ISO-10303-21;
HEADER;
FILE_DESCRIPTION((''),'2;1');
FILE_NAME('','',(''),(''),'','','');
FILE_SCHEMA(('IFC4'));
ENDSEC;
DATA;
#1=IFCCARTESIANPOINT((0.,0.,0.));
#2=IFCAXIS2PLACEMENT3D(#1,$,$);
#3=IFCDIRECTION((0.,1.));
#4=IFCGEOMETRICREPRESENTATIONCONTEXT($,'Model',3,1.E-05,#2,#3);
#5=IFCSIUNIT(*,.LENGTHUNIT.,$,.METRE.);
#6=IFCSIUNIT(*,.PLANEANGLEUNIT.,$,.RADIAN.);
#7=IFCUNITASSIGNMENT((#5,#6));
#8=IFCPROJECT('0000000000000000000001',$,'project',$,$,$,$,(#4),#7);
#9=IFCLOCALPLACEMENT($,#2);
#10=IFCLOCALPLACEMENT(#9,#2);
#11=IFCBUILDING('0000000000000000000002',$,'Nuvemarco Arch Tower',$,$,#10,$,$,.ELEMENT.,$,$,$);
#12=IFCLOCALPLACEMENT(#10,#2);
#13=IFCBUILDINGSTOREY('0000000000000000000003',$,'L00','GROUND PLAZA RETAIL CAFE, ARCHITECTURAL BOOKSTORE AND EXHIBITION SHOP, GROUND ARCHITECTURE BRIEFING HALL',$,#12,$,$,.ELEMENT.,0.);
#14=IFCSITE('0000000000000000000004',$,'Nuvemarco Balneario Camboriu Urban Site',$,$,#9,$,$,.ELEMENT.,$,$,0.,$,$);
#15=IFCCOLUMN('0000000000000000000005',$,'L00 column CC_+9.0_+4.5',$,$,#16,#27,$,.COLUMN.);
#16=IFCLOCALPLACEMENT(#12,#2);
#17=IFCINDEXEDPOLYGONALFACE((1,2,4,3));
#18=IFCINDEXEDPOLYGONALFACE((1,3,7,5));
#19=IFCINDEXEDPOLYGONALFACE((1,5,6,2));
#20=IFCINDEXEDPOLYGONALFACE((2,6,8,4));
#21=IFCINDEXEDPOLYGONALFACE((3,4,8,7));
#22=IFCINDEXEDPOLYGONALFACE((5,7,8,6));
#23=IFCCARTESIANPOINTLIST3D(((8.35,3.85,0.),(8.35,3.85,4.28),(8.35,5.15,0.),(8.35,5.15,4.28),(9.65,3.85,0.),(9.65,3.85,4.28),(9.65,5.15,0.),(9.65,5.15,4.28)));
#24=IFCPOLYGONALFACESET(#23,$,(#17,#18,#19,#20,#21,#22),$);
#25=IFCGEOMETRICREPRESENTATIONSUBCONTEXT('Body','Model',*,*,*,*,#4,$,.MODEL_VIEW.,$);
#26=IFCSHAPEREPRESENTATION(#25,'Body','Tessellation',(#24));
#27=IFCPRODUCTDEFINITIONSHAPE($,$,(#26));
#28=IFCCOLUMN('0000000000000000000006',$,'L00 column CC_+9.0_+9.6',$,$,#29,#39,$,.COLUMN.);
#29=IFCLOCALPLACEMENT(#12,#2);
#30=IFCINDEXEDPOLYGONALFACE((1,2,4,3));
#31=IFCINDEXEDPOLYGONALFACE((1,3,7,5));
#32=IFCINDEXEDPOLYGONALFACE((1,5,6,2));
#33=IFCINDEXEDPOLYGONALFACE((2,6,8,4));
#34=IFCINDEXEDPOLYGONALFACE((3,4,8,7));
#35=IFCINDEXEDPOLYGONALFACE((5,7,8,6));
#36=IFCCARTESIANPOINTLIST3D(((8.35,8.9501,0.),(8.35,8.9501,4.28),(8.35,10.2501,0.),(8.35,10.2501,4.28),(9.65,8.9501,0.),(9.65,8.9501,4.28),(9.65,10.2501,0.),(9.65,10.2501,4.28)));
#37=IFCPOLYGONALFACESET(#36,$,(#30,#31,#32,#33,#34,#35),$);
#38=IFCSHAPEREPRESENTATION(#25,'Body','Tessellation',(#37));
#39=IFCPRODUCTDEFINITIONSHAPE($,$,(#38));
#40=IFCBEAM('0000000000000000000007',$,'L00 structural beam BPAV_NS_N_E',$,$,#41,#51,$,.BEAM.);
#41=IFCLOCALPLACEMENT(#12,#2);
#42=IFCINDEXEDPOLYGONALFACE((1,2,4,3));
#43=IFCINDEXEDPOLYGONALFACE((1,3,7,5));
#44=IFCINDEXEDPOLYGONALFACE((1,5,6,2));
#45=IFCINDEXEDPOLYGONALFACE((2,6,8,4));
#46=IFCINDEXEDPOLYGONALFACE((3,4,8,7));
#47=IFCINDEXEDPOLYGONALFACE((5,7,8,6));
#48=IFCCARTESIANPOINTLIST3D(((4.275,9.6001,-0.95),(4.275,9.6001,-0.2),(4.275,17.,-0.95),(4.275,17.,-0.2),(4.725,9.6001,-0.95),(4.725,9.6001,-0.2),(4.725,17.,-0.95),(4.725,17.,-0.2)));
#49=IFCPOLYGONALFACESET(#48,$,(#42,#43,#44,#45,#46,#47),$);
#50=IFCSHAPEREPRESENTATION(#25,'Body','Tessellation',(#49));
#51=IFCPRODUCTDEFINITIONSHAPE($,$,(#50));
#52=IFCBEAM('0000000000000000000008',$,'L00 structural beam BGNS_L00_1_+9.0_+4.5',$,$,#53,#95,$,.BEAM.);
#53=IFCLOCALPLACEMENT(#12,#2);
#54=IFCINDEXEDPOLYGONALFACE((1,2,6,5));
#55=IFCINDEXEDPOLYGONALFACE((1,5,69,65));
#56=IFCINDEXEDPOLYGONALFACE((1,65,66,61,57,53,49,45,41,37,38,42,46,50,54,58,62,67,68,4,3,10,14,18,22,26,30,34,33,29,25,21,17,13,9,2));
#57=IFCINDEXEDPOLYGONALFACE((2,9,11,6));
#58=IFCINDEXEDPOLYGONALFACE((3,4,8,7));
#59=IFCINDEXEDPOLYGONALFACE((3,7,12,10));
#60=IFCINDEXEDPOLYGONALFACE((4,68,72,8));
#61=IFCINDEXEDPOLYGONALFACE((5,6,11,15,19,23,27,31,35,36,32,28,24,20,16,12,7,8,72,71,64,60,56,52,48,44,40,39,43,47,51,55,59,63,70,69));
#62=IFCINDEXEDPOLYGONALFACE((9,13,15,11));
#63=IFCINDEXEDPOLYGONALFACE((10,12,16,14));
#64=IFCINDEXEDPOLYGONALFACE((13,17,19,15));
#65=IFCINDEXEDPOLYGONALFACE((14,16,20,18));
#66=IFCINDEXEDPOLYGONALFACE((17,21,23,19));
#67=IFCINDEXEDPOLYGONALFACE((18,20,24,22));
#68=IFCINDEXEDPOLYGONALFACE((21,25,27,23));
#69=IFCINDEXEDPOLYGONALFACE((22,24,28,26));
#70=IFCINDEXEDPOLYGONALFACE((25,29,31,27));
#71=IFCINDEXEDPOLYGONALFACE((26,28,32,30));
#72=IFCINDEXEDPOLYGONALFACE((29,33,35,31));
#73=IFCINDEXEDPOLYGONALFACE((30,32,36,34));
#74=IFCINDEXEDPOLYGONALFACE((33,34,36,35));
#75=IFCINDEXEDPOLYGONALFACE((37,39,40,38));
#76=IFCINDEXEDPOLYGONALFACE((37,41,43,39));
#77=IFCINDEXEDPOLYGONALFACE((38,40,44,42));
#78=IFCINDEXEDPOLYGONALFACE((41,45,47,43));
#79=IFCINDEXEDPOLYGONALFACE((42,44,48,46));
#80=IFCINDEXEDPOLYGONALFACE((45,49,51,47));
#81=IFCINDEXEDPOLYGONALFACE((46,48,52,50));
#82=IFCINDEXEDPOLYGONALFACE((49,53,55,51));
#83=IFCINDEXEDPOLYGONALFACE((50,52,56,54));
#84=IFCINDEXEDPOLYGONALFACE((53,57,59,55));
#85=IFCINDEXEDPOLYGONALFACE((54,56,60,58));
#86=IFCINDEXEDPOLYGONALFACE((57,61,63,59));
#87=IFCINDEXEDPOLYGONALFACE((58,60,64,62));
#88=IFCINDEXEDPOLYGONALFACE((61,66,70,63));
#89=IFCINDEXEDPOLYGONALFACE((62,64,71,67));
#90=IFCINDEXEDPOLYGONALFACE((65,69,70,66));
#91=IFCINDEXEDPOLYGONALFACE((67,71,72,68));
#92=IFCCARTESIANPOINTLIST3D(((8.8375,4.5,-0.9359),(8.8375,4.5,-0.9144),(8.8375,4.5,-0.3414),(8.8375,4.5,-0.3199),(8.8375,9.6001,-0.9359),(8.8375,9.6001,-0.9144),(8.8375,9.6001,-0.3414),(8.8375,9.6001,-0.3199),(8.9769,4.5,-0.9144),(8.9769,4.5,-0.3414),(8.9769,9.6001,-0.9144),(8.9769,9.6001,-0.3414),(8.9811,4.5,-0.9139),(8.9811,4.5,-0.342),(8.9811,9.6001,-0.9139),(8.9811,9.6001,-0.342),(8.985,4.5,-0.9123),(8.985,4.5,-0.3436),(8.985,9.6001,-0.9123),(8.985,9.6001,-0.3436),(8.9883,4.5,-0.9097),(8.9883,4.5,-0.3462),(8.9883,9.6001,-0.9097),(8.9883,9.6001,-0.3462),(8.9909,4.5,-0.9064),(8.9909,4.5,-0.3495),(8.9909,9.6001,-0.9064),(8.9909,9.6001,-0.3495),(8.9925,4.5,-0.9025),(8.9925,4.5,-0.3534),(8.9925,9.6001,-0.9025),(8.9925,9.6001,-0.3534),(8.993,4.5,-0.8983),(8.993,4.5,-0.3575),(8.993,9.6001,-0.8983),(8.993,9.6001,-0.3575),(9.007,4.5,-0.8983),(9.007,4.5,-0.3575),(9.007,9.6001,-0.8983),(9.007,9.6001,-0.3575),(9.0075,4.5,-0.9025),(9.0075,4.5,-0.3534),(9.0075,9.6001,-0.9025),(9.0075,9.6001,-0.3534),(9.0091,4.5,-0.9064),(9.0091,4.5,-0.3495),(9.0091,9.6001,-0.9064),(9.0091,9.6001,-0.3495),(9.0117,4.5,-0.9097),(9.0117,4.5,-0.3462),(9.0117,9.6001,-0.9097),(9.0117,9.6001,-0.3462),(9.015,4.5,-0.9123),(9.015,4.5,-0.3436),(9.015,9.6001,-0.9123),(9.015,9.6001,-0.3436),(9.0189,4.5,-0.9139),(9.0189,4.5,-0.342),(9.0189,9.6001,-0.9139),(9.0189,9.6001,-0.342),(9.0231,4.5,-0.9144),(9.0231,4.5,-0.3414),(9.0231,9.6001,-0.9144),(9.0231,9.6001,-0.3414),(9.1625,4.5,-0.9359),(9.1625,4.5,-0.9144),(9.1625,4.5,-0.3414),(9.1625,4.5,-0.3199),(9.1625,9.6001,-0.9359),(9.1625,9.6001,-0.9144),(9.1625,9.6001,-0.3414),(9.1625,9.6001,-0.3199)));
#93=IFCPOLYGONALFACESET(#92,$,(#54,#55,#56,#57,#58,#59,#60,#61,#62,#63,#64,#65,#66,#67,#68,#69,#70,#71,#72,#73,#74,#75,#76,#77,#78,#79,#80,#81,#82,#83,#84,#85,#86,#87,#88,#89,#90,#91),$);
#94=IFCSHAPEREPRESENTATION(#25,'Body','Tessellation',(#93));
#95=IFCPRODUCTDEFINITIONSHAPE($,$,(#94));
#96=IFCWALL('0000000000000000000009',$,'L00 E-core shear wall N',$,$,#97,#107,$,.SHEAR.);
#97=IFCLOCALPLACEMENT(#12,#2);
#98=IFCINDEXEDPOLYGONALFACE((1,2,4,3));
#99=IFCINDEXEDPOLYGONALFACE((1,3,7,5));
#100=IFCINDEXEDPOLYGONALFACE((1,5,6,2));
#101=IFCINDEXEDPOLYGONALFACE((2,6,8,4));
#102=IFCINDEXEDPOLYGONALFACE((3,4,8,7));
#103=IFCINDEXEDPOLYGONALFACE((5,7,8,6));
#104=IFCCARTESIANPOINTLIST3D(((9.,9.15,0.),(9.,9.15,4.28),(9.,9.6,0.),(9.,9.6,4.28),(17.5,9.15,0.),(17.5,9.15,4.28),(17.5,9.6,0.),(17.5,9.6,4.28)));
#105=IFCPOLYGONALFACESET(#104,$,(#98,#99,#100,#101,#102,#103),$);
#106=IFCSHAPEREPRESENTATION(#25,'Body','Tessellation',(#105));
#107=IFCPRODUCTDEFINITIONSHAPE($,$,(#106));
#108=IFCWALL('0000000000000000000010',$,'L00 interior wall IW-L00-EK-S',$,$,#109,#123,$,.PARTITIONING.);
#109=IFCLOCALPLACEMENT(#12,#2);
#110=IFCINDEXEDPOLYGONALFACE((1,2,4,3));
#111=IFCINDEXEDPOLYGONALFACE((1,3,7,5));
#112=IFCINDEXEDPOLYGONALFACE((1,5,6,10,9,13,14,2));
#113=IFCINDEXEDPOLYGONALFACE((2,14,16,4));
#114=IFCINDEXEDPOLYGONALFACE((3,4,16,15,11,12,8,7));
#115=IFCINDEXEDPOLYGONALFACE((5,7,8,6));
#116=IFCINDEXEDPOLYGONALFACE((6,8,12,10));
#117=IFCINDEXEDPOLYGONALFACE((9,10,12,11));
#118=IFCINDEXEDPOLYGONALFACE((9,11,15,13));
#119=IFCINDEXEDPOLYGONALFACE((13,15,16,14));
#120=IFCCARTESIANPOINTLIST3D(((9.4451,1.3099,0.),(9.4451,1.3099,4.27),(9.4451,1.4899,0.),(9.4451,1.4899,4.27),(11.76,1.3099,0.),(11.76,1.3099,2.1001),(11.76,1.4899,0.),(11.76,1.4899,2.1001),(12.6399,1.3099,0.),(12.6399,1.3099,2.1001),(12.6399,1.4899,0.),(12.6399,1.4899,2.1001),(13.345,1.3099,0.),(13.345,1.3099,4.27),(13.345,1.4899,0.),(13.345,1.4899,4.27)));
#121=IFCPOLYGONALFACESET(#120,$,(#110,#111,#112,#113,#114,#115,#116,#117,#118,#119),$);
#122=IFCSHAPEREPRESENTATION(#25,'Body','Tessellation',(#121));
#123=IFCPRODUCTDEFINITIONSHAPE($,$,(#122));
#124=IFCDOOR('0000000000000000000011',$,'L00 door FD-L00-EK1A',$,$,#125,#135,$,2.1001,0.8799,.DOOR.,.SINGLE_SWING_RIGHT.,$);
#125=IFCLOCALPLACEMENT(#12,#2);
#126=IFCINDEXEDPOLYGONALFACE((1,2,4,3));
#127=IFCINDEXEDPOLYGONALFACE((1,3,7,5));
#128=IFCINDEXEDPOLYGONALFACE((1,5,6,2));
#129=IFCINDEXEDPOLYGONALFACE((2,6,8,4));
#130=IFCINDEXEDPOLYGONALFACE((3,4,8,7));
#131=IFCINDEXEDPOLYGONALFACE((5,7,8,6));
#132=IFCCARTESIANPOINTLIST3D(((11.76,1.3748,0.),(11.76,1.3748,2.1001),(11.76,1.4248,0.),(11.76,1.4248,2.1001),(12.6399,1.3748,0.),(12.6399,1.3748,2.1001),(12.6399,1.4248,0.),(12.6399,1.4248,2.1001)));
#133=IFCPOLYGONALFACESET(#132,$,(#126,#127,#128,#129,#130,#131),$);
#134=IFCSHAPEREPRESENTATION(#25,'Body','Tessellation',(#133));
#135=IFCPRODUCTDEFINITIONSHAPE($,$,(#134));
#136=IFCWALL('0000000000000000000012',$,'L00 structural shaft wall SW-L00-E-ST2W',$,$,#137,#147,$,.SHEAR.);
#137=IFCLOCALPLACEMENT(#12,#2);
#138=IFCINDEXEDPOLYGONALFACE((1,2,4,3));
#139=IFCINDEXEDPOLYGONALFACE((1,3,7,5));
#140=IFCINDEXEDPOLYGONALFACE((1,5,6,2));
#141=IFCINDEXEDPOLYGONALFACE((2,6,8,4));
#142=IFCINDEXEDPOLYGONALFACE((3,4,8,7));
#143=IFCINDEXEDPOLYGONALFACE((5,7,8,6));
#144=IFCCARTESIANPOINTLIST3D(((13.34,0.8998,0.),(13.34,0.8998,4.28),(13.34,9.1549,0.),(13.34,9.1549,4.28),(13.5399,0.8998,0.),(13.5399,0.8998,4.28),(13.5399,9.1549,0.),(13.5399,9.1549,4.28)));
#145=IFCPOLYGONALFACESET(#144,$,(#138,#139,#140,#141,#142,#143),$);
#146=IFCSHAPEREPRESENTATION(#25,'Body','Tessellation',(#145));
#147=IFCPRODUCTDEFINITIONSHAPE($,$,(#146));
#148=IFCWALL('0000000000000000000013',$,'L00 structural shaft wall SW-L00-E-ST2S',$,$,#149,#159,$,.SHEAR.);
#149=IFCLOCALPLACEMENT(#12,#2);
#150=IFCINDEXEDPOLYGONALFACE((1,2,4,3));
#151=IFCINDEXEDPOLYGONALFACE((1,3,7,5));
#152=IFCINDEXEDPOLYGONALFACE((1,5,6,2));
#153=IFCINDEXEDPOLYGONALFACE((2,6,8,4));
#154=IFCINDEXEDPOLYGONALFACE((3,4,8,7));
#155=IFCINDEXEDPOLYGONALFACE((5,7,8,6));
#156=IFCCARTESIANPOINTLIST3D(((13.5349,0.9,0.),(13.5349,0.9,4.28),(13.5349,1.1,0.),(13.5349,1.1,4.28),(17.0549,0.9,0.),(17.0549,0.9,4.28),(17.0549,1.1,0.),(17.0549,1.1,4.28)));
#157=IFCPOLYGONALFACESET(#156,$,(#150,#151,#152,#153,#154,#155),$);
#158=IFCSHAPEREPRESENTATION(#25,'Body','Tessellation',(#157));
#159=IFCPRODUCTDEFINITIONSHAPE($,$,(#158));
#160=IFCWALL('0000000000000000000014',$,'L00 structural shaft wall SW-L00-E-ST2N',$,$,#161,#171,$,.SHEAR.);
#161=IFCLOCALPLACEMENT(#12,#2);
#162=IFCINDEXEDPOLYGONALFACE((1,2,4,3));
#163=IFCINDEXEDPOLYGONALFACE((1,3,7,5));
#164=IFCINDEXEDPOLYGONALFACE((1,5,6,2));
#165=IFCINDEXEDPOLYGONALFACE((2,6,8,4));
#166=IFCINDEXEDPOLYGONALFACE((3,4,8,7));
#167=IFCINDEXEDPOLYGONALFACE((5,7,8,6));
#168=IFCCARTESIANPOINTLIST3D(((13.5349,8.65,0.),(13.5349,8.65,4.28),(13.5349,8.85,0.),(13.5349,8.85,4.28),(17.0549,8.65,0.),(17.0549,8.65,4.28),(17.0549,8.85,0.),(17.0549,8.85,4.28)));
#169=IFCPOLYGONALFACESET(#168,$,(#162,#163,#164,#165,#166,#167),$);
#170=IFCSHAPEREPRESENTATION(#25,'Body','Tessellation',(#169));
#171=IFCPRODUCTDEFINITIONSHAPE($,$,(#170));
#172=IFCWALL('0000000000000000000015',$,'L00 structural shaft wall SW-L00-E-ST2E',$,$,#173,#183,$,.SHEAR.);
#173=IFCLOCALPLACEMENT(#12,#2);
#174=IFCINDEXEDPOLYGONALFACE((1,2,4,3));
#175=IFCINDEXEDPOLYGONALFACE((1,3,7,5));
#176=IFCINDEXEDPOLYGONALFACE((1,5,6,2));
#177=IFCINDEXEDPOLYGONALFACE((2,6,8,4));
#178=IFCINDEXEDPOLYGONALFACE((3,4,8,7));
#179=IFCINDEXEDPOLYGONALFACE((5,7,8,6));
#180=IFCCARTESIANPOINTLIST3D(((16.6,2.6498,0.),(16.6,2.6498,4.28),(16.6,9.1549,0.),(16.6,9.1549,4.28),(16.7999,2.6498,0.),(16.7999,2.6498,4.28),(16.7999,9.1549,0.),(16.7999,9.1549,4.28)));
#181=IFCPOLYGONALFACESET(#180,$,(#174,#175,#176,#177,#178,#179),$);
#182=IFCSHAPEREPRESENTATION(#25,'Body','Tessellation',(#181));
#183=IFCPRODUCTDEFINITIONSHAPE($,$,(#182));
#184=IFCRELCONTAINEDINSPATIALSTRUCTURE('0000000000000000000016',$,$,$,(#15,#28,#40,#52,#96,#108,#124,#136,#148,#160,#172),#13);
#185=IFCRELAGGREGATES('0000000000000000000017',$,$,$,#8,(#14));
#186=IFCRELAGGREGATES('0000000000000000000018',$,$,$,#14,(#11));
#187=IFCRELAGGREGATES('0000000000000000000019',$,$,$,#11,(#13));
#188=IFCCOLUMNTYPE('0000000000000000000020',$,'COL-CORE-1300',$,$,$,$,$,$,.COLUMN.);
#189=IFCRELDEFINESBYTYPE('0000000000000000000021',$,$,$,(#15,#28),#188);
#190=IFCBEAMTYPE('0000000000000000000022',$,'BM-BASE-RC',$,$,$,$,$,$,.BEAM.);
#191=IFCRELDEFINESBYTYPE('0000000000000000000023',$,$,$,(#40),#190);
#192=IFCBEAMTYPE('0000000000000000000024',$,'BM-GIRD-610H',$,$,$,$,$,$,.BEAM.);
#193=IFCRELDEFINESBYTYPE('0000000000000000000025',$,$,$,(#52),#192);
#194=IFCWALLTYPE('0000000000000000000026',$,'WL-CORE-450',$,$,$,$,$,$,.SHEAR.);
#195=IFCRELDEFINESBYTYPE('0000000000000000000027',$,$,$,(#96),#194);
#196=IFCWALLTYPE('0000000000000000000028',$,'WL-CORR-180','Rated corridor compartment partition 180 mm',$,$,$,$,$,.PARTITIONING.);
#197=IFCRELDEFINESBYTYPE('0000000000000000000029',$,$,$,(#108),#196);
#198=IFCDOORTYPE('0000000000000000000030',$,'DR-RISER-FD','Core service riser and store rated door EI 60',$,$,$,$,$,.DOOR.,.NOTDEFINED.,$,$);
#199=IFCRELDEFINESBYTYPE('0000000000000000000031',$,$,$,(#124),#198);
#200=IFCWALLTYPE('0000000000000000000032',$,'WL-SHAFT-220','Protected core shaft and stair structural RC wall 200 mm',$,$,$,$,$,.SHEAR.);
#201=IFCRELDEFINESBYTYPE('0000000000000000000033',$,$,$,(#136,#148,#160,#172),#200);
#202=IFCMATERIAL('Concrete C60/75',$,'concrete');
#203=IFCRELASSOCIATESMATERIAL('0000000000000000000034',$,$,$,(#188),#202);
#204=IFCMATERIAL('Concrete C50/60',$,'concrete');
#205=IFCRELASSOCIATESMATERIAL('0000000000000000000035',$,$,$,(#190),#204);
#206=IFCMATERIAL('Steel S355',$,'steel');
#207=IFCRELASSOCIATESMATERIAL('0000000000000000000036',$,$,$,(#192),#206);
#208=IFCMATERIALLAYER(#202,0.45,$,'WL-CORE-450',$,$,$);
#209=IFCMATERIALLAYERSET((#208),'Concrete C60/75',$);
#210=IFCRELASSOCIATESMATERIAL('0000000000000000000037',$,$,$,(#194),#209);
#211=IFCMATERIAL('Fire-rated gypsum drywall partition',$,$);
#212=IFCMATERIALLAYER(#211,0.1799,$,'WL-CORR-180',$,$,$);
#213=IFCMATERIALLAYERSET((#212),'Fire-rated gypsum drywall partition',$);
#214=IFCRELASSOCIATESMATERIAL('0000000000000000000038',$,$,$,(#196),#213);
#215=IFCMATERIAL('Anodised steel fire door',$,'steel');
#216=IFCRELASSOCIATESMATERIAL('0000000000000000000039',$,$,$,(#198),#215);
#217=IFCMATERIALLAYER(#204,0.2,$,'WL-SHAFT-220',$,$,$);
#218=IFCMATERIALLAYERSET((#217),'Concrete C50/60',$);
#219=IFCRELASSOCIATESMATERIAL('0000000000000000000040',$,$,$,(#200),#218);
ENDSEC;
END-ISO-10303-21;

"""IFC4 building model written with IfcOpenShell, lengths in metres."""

from ifc_helpers import new_model, si_unit, direction, frame, frame_2d, origin, origin_2d, place, context, subcontext, project, spatial, rectangle, i_section, extrude, source, transform, mapped, material, layer, layer_set, material_profile, profile_set, type_object, type_shapes, element, fill, save


model = new_model("IFC4")

# Units and contexts
model_context = context("Model", 3, precision=1e-05, world=origin(), true_north=direction((0.0, 1.0)))
body_context = subcontext(model_context, "Body", "Model", "MODEL_VIEW")
ifc_project = project(units=[si_unit("LENGTHUNIT", "METRE"), si_unit("PLANEANGLEUNIT", "RADIAN")], contexts=[model_context])

# Site, building, storey
site_placement = place(None, origin())
site = spatial("IfcSite", under=ifc_project, at=site_placement, Name="Nuvemarco Balneario Camboriu Urban Site", CompositionType="ELEMENT", RefElevation=0.0)
building_placement = place(site_placement, origin())
building = spatial("IfcBuilding", under=site, at=building_placement, Name="Nuvemarco Arch Tower", CompositionType="ELEMENT")
storey_placement = place(building_placement, origin())
storey = spatial("IfcBuildingStorey", under=building, at=storey_placement, Name="L00", Description="GROUND PLAZA RETAIL CAFE, ARCHITECTURAL BOOKSTORE AND EXHIBITION SHOP, GROUND ARCHITECTURE BRIEFING HALL", CompositionType="ELEMENT", Elevation=0.0)

# Columns
ifc_material_1 = material(Name="Concrete C60/75", Category="concrete")
ifc_material_profile_1 = material_profile(ifc_material_1, rectangle(XDim=1.3, YDim=1.3, at=origin_2d()), Name="RC-COL-1300x1300")
ifc_profile_set_1 = profile_set([ifc_material_profile_1], Name="Concrete C60/75")
column_type = type_object("IfcColumnType", Name="COL-CORE-1300", PredefinedType="COLUMN", material=ifc_profile_set_1)
for number, where, z_axis, x_axis, name in (
    (1, (9.0, 4.5, 0.0), (0.0, 0.0, 1.0), (1.0, 0.0, 0.0), "L00 column CC_+9.0_+4.5"),
    (2, (9.0, 9.6001, 0.0), (0.0, 0.0, 1.0), (1.0, 0.0, 0.0), "L00 column CC_+9.0_+9.6"),
):
    element("IfcColumn", number, at=place(storey_placement, frame(where, z_axis=z_axis, x_axis=x_axis)), inside=storey, type_object=column_type, Name=name, PredefinedType="COLUMN", context=body_context, shape_type="SweptSolid", body=[
        extrude(rectangle(XDim=1.3, YDim=1.3, at=origin_2d()), origin(), (0.0, 0.0, 1.0), 4.28),
    ])

# Beams
ifc_material_2 = material(Name="Concrete C50/60", Category="concrete")
ifc_material_profile_2 = material_profile(ifc_material_2, rectangle(XDim=0.45, YDim=0.75, at=origin_2d()), Name="RC-BM-450x750")
ifc_profile_set_2 = profile_set([ifc_material_profile_2], Name="Concrete C50/60")
beam_type_1 = type_object("IfcBeamType", Name="BM-BASE-RC", PredefinedType="BEAM", material=ifc_profile_set_2)
beam_1_placement = place(storey_placement, frame((4.5, 9.6001, -0.575), z_axis=(0.0, 1.0, 0.0), x_axis=(-1.0, 0.0, 0.0)))
element("IfcBeam", 3, at=beam_1_placement, inside=storey, type_object=beam_type_1, Name="L00 structural beam BPAV_NS_N_E", PredefinedType="BEAM", context=body_context, shape_type="SweptSolid", body=[
    extrude(rectangle(XDim=0.45, YDim=0.75, at=origin_2d()), origin(), (0.0, 0.0, 1.0), 7.3999),
])
ifc_material_3 = material(Name="Steel S355", Category="steel")
ifc_material_profile_3 = material_profile(ifc_material_3, i_section(OverallWidth=0.325, OverallDepth=0.616, WebThickness=0.0139, FlangeThickness=0.0215, FilletRadius=0.0161, at=origin_2d()), Name="W610x174")
ifc_profile_set_3 = profile_set([ifc_material_profile_3], Name="Steel S355")
beam_type_2 = type_object("IfcBeamType", Name="BM-GIRD-610H", PredefinedType="BEAM", material=ifc_profile_set_3)
beam_2_placement = place(storey_placement, frame((9.0, 4.5, -0.6279), z_axis=(0.0, 1.0, 0.0), x_axis=(-1.0, 0.0, 0.0)))
element("IfcBeam", 4, at=beam_2_placement, inside=storey, type_object=beam_type_2, Name="L00 structural beam BGNS_L00_1_+9.0_+4.5", PredefinedType="BEAM", context=body_context, shape_type="SweptSolid", body=[
    extrude(i_section(OverallWidth=0.325, OverallDepth=0.616, WebThickness=0.0139, FlangeThickness=0.0215, FilletRadius=0.0161, at=origin_2d()), origin(), (0.0, 0.0, 1.0), 5.1001),
])

# Wall
ifc_layer_1 = layer(ifc_material_1, 0.45, Name="WL-CORE-450")
ifc_layer_set_1 = layer_set([ifc_layer_1], Name="Concrete C60/75")
wall_type_1 = type_object("IfcWallType", Name="WL-CORE-450", PredefinedType="SHEAR", material=ifc_layer_set_1)
wall_1_placement = place(storey_placement, frame((9.0, 9.375, 0.0), z_axis=(0.0, 0.0, 1.0), x_axis=(1.0, 0.0, 0.0)))
element("IfcWall", 5, at=wall_1_placement, inside=storey, type_object=wall_type_1, Name="L00 E-core shear wall N", PredefinedType="SHEAR", context=body_context, shape_type="SweptSolid", body=[
    extrude(rectangle(XDim=8.5, YDim=0.45, at=frame_2d((4.25, 0.0))), origin(), (0.0, 0.0, 1.0), 4.28),
])

# Wall, opening, door
ifc_material_4 = material(Name="Fire-rated gypsum drywall partition")
ifc_layer_2 = layer(ifc_material_4, 0.1799, Name="WL-CORR-180")
ifc_layer_set_2 = layer_set([ifc_layer_2], Name="Fire-rated gypsum drywall partition")
wall_type_2 = type_object("IfcWallType", Name="WL-CORR-180", Description="Rated corridor compartment partition 180 mm", PredefinedType="PARTITIONING", material=ifc_layer_set_2)
wall_2_placement = place(storey_placement, frame((9.4451, 1.3999, 0.0), z_axis=(0.0, 0.0, 1.0), x_axis=(1.0, 0.0, 0.0)))
wall_2 = element("IfcWall", 6, at=wall_2_placement, inside=storey, type_object=wall_type_2, Name="L00 interior wall IW-L00-EK-S", PredefinedType="PARTITIONING", context=body_context, shape_type="SweptSolid", body=[
    extrude(rectangle(XDim=3.8999, YDim=0.1799, at=frame_2d((1.95, 0.0))), origin(), (0.0, 0.0, 1.0), 4.27),
])
opening_placement = place(wall_2_placement, frame((2.3149, 0.0, 0.0)))
opening = element("IfcOpeningElement", 7, at=opening_placement, cuts=wall_2, PredefinedType="OPENING", context=body_context, shape_type="SweptSolid", body=[
    extrude(rectangle(XDim=0.8799, YDim=2.1001, at=frame_2d((0.4399, 1.05))), frame((0.0, 0.0999, 0.0), z_axis=(0.0, -1.0, 0.0), x_axis=(1.0, 0.0, 0.0)), (0.0, 0.0, 1.0), 0.2),
])
ifc_material_5 = material(Name="Anodised steel fire door", Category="steel")
door_type = type_object("IfcDoorType", Name="DR-RISER-FD", Description="Core service riser and store rated door EI 60", OperationType="NOTDEFINED", PredefinedType="DOOR", material=ifc_material_5)
shared_shape = source(origin(), body_context, "Body", "SweptSolid", [
    extrude(rectangle(XDim=0.8799, YDim=2.1001, at=frame_2d((0.4399, 1.05))), frame((0.0, 0.0249, 0.0), z_axis=(0.0, -1.0, 0.0), x_axis=(1.0, 0.0, 0.0)), (0.0, 0.0, 1.0), 0.05),
])
type_shapes(door_type, [shared_shape])
door_placement = place(opening_placement, origin())
door = element("IfcDoor", 8, at=door_placement, inside=storey, type_object=door_type, Name="L00 door FD-L00-EK1A", OperationType="SINGLE_SWING_RIGHT", OverallHeight=2.1001, OverallWidth=0.8799, PredefinedType="DOOR", context=body_context, shape_type="MappedRepresentation", body=[
    mapped(shared_shape, transform((0.0, 0.0, 0.0), scale=1.0)),
])
fill(opening, door)

# Walls
ifc_layer_3 = layer(ifc_material_2, 0.2, Name="WL-SHAFT-220")
ifc_layer_set_3 = layer_set([ifc_layer_3], Name="Concrete C50/60")
wall_type_3 = type_object("IfcWallType", Name="WL-SHAFT-220", Description="Protected core shaft and stair structural RC wall 200 mm", PredefinedType="SHEAR", material=ifc_layer_set_3)
wall_3_placement = place(storey_placement, frame((13.4399, 0.8999, 0.0), z_axis=(0.0, 0.0, 1.0), x_axis=(0.0, 1.0, 0.0)))
element("IfcWall", 9, at=wall_3_placement, inside=storey, type_object=wall_type_3, Name="L00 structural shaft wall SW-L00-E-ST2W", PredefinedType="SHEAR", context=body_context, shape_type="SweptSolid", body=[
    extrude(rectangle(XDim=8.2551, YDim=0.2, at=frame_2d((4.1274, 0.0))), origin(), (0.0, 0.0, 1.0), 4.28),
])
for number, where, z_axis, x_axis, name in (
    (10, (13.5349, 1.0, 0.0), (0.0, 0.0, 1.0), (1.0, 0.0, 0.0), "L00 structural shaft wall SW-L00-E-ST2S"),
    (11, (13.5349, 8.75, 0.0), (0.0, 0.0, 1.0), (1.0, 0.0, 0.0), "L00 structural shaft wall SW-L00-E-ST2N"),
):
    element("IfcWall", number, at=place(storey_placement, frame(where, z_axis=z_axis, x_axis=x_axis)), inside=storey, type_object=wall_type_3, Name=name, PredefinedType="SHEAR", context=body_context, shape_type="SweptSolid", body=[
        extrude(rectangle(XDim=3.52, YDim=0.2, at=frame_2d((1.76, 0.0))), origin(), (0.0, 0.0, 1.0), 4.28),
    ])
wall_4_placement = place(storey_placement, frame((16.7, 2.6499, 0.0), z_axis=(0.0, 0.0, 1.0), x_axis=(0.0, 1.0, 0.0)))
element("IfcWall", 12, at=wall_4_placement, inside=storey, type_object=wall_type_3, Name="L00 structural shaft wall SW-L00-E-ST2E", PredefinedType="SHEAR", context=body_context, shape_type="SweptSolid", body=[
    extrude(rectangle(XDim=6.5051, YDim=0.2, at=frame_2d((3.2524, 0.0))), origin(), (0.0, 0.0, 1.0), 4.28),
])

save(model, "model.ifc")
